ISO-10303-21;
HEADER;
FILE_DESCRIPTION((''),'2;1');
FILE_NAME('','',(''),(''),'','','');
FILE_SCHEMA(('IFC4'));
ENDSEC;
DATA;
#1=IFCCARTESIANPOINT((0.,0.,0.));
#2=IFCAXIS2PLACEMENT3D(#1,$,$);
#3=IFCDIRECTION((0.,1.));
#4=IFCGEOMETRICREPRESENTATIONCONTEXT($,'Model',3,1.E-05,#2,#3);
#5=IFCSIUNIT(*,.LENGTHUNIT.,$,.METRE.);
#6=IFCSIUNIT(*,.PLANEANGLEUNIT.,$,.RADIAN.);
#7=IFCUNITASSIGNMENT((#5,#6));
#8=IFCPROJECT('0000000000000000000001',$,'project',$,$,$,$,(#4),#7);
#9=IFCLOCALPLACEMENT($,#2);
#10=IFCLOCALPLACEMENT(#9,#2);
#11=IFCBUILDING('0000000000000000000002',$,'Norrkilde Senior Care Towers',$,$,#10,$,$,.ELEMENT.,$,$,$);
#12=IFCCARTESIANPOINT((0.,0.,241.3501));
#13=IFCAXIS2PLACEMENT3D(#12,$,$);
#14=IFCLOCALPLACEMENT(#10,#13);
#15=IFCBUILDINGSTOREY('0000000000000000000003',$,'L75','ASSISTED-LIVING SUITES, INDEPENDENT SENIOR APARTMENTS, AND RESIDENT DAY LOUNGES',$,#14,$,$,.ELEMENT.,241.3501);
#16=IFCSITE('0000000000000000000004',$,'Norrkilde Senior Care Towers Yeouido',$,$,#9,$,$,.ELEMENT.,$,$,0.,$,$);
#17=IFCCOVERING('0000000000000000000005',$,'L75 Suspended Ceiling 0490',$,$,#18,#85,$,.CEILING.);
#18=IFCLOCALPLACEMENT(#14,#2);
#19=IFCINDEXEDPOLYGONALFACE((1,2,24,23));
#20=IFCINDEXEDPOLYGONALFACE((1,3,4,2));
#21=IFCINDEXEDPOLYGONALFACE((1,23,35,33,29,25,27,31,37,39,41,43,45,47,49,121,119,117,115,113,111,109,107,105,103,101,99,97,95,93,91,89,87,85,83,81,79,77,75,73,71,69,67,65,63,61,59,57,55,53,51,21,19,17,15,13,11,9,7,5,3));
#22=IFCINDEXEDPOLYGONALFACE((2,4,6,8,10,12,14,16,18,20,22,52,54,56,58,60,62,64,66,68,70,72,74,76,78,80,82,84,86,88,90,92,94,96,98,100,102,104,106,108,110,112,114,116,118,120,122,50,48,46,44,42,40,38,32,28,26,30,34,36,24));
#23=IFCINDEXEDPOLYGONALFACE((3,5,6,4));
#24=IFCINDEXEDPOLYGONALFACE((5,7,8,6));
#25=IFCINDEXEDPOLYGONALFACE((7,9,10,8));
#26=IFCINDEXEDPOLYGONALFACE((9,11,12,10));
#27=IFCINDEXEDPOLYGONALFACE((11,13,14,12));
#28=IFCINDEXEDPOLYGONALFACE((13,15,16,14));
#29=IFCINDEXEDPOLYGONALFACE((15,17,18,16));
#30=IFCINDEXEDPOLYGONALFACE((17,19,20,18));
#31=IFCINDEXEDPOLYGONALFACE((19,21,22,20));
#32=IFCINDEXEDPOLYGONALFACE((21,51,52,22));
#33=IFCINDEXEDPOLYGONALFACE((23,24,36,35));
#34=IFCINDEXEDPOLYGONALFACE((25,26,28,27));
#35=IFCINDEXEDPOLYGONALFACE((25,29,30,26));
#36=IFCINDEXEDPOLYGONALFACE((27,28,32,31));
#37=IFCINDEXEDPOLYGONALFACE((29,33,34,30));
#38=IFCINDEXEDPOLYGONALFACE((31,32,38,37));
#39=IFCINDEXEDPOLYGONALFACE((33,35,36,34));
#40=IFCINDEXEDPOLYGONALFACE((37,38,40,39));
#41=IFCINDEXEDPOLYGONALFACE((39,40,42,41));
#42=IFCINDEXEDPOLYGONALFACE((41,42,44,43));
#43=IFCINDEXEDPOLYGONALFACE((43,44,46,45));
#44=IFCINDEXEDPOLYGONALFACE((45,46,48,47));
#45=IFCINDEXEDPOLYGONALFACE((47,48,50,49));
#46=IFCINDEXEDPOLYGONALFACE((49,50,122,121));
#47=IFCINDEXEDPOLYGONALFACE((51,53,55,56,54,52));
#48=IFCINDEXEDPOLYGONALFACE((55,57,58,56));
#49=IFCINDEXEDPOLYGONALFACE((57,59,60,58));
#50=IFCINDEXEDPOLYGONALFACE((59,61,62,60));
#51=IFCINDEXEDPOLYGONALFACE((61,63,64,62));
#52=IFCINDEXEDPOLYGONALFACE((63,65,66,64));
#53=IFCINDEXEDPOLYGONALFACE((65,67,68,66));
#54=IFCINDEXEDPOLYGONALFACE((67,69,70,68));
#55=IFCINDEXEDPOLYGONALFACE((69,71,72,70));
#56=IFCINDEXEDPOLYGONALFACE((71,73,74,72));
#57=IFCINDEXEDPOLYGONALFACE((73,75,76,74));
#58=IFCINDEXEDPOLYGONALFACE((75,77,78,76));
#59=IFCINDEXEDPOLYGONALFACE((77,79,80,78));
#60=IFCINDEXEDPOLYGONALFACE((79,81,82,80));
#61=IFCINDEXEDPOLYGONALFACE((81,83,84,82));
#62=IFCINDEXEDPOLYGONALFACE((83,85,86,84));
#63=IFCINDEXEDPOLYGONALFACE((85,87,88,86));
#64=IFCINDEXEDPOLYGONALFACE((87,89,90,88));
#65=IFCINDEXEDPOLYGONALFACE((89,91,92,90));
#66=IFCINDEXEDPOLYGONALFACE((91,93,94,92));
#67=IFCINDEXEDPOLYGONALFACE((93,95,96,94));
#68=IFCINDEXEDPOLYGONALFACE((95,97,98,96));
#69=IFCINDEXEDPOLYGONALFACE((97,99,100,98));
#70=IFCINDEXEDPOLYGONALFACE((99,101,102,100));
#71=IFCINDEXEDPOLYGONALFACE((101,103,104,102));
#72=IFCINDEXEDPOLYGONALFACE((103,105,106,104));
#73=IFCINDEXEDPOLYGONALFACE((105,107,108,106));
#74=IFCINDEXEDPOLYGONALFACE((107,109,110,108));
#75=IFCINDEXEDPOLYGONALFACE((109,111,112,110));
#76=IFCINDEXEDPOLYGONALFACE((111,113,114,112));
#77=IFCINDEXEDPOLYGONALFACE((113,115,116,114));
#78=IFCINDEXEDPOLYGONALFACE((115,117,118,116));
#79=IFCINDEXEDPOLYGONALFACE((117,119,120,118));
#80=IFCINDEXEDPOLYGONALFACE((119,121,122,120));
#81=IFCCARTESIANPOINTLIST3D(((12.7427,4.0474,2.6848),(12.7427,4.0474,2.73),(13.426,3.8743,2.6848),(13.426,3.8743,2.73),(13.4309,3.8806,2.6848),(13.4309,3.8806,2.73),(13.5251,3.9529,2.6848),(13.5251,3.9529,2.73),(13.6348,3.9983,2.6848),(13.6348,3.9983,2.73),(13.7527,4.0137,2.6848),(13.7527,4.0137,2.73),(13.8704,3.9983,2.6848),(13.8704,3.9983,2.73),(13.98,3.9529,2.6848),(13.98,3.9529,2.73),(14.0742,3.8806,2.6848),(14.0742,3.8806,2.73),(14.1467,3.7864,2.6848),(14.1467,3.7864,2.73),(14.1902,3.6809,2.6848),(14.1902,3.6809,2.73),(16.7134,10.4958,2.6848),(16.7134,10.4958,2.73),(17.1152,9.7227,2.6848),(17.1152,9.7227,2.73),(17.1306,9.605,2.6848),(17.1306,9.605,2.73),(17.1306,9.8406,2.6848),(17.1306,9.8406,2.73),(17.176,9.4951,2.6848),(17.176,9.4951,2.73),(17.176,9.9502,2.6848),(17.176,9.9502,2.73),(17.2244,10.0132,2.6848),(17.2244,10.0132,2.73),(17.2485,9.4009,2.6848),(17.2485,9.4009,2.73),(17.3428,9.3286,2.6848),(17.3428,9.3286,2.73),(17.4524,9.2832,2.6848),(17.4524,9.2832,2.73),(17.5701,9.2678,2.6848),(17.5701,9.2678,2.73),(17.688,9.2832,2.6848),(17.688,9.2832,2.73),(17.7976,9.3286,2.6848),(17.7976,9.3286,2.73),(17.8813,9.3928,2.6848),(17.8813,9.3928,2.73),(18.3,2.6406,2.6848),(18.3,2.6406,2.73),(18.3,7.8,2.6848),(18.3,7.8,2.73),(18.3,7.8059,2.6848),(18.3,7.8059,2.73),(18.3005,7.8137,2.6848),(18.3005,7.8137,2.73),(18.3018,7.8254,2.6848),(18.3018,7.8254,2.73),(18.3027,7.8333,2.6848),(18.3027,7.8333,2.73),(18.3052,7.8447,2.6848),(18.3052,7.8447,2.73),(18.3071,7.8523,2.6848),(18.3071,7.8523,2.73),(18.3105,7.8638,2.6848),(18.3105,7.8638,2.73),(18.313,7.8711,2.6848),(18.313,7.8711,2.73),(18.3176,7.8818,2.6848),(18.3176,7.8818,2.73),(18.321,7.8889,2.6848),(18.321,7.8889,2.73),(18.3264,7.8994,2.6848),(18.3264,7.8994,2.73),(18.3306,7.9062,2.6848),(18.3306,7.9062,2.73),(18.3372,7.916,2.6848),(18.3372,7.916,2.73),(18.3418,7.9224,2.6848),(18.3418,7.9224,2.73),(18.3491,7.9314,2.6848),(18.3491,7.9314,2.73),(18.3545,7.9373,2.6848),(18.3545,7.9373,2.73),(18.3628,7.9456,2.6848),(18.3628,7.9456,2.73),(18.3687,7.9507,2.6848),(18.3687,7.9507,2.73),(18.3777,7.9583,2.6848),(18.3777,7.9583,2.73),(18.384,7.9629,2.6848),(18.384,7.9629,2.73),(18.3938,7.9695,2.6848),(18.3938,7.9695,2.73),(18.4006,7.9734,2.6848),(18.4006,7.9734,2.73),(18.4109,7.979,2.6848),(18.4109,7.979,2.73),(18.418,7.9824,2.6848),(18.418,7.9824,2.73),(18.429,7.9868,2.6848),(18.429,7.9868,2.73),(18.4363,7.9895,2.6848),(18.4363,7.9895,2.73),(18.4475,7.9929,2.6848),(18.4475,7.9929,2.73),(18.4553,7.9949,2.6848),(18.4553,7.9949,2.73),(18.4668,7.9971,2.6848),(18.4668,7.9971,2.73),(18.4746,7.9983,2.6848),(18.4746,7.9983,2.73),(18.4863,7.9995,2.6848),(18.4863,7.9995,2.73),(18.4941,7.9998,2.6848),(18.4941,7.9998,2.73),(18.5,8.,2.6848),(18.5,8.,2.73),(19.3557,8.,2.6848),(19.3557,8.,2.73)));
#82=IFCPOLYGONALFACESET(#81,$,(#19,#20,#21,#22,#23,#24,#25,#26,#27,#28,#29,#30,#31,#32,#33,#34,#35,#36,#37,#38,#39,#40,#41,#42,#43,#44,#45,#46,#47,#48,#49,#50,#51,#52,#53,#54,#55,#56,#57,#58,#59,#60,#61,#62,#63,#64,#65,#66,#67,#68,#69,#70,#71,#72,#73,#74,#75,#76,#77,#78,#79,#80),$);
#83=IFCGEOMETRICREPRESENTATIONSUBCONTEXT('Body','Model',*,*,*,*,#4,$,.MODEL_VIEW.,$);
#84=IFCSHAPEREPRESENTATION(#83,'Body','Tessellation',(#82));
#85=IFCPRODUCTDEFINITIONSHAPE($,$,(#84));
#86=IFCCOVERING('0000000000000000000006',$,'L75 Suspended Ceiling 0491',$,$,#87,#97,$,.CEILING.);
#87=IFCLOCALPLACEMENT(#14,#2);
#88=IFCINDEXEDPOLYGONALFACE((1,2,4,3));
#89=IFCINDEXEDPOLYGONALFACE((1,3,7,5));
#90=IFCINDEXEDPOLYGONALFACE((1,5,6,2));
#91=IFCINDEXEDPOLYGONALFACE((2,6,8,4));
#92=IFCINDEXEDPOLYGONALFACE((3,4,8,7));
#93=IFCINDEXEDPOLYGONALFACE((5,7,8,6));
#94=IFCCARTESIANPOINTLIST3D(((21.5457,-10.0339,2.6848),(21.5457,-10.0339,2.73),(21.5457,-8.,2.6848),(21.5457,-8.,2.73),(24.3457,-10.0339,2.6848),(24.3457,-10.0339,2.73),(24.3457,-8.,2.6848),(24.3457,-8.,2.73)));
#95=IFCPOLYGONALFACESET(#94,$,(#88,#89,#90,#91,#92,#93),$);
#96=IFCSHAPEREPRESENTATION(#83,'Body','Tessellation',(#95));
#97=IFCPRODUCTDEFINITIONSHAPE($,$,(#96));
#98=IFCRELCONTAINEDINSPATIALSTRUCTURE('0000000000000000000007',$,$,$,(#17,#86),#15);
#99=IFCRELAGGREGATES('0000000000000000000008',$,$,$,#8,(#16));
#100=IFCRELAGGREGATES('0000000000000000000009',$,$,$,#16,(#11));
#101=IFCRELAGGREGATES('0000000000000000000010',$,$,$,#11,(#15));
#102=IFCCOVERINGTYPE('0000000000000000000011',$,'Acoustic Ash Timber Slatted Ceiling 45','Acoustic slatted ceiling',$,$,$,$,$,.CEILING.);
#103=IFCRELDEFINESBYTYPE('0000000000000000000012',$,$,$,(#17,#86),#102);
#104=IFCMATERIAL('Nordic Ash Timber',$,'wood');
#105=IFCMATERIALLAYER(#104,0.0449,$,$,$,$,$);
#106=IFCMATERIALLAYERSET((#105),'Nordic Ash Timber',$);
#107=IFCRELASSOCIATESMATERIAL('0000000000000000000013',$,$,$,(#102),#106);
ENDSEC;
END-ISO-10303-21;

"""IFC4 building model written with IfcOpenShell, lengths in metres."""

from ifc_helpers import new_model, si_unit, direction, frame, origin, place, context, subcontext, project, spatial, polyline, outline, extrude, material, layer, layer_set, type_object, element, save


model = new_model("IFC4")

# Units and contexts
model_context = context("Model", 3, precision=1e-05, world=origin(), true_north=direction((0.0, 1.0)))
body_context = subcontext(model_context, "Body", "Model", "MODEL_VIEW")
ifc_project = project(units=[si_unit("LENGTHUNIT", "METRE"), si_unit("PLANEANGLEUNIT", "RADIAN")], contexts=[model_context])

# Site, building, storey
site_placement = place(None, origin())
site = spatial("IfcSite", under=ifc_project, at=site_placement, Name="Norrkilde Senior Care Towers Yeouido", CompositionType="ELEMENT", RefElevation=0.0)
building_placement = place(site_placement, origin())
building = spatial("IfcBuilding", under=site, at=building_placement, Name="Norrkilde Senior Care Towers", CompositionType="ELEMENT")
storey_placement = place(building_placement, frame((0.0, 0.0, 241.3501)))
storey = spatial("IfcBuildingStorey", under=building, at=storey_placement, Name="L75", Description="ASSISTED-LIVING SUITES, INDEPENDENT SENIOR APARTMENTS, AND RESIDENT DAY LOUNGES", CompositionType="ELEMENT", Elevation=241.3501)

# Shared definitions
ifc_material_1 = material(Name="Nordic Ash Timber", Category="wood")

# Coverings
ifc_layer_1 = layer(ifc_material_1, 0.0449)
ifc_layer_set_1 = layer_set([ifc_layer_1], Name="Nordic Ash Timber")
covering_type_1 = type_object("IfcCoveringType", Name="Acoustic Ash Timber Slatted Ceiling 45", Description="Acoustic slatted ceiling", PredefinedType="CEILING", material=ifc_layer_set_1)
covering_1_placement = place(storey_placement, frame((0.0, 0.0, 2.6848)))
element("IfcCovering", 1, at=covering_1_placement, inside=storey, type_object=covering_type_1, Name="L75 Suspended Ceiling 0490", PredefinedType="CEILING", context=body_context, shape_type="SweptSolid", body=[
    extrude(outline(polyline([(18.4553, 7.9949), (18.4475, 7.9929), (18.4363, 7.9895), (18.429, 7.9868), (18.418, 7.9824), (18.4109, 7.979), (18.4006, 7.9734), (18.3938, 7.9695), (18.384, 7.9629), (18.3777, 7.9583), (18.3687, 7.9507), (18.3628, 7.9456), (18.3545, 7.9373), (18.3491, 7.9314), (18.3418, 7.9224), (18.3372, 7.916), (18.3306, 7.9062), (18.3264, 7.8994), (18.321, 7.8889), (18.3176, 7.8818), (18.313, 7.8711), (18.3105, 7.8638), (18.3071, 7.8523), (18.3052, 7.8447), (18.3027, 7.8333), (18.3018, 7.8254), (18.3005, 7.8137), (18.3, 7.8059), (18.3, 7.8), (18.3, 2.6406), (14.1902, 3.6809), (14.1467, 3.7864), (14.0742, 3.8806), (13.98, 3.9529), (13.8704, 3.9983), (13.7527, 4.0137), (13.6348, 3.9983), (13.5251, 3.9529), (13.4309, 3.8806), (13.426, 3.8743), (12.7427, 4.0474), (16.7134, 10.4958), (17.2244, 10.0132), (17.176, 9.9502), (17.1306, 9.8406), (17.1152, 9.7227), (17.1306, 9.605), (17.176, 9.4951), (17.2485, 9.4009), (17.3428, 9.3286), (17.4524, 9.2832), (17.5701, 9.2678), (17.688, 9.2832), (17.7976, 9.3286), (17.8813, 9.3928), (19.3557, 8.0), (18.5, 8.0), (18.4941, 7.9998), (18.4863, 7.9995), (18.4746, 7.9983), (18.4668, 7.9971), (18.4553, 7.9949)])), origin(), (0.0, 0.0, 1.0), 0.0452),
])
covering_2_placement = place(storey_placement, frame((0.0, 0.0, 2.6848)))
element("IfcCovering", 2, at=covering_2_placement, inside=storey, type_object=covering_type_1, Name="L75 Suspended Ceiling 0491", PredefinedType="CEILING", context=body_context, shape_type="SweptSolid", body=[
    extrude(outline(polyline([(24.3457, -10.0339), (21.5457, -10.0339), (21.5457, -8.0), (24.3457, -8.0), (24.3457, -10.0339)])), origin(), (0.0, 0.0, 1.0), 0.0452),
])

save(model, "model.ifc")
